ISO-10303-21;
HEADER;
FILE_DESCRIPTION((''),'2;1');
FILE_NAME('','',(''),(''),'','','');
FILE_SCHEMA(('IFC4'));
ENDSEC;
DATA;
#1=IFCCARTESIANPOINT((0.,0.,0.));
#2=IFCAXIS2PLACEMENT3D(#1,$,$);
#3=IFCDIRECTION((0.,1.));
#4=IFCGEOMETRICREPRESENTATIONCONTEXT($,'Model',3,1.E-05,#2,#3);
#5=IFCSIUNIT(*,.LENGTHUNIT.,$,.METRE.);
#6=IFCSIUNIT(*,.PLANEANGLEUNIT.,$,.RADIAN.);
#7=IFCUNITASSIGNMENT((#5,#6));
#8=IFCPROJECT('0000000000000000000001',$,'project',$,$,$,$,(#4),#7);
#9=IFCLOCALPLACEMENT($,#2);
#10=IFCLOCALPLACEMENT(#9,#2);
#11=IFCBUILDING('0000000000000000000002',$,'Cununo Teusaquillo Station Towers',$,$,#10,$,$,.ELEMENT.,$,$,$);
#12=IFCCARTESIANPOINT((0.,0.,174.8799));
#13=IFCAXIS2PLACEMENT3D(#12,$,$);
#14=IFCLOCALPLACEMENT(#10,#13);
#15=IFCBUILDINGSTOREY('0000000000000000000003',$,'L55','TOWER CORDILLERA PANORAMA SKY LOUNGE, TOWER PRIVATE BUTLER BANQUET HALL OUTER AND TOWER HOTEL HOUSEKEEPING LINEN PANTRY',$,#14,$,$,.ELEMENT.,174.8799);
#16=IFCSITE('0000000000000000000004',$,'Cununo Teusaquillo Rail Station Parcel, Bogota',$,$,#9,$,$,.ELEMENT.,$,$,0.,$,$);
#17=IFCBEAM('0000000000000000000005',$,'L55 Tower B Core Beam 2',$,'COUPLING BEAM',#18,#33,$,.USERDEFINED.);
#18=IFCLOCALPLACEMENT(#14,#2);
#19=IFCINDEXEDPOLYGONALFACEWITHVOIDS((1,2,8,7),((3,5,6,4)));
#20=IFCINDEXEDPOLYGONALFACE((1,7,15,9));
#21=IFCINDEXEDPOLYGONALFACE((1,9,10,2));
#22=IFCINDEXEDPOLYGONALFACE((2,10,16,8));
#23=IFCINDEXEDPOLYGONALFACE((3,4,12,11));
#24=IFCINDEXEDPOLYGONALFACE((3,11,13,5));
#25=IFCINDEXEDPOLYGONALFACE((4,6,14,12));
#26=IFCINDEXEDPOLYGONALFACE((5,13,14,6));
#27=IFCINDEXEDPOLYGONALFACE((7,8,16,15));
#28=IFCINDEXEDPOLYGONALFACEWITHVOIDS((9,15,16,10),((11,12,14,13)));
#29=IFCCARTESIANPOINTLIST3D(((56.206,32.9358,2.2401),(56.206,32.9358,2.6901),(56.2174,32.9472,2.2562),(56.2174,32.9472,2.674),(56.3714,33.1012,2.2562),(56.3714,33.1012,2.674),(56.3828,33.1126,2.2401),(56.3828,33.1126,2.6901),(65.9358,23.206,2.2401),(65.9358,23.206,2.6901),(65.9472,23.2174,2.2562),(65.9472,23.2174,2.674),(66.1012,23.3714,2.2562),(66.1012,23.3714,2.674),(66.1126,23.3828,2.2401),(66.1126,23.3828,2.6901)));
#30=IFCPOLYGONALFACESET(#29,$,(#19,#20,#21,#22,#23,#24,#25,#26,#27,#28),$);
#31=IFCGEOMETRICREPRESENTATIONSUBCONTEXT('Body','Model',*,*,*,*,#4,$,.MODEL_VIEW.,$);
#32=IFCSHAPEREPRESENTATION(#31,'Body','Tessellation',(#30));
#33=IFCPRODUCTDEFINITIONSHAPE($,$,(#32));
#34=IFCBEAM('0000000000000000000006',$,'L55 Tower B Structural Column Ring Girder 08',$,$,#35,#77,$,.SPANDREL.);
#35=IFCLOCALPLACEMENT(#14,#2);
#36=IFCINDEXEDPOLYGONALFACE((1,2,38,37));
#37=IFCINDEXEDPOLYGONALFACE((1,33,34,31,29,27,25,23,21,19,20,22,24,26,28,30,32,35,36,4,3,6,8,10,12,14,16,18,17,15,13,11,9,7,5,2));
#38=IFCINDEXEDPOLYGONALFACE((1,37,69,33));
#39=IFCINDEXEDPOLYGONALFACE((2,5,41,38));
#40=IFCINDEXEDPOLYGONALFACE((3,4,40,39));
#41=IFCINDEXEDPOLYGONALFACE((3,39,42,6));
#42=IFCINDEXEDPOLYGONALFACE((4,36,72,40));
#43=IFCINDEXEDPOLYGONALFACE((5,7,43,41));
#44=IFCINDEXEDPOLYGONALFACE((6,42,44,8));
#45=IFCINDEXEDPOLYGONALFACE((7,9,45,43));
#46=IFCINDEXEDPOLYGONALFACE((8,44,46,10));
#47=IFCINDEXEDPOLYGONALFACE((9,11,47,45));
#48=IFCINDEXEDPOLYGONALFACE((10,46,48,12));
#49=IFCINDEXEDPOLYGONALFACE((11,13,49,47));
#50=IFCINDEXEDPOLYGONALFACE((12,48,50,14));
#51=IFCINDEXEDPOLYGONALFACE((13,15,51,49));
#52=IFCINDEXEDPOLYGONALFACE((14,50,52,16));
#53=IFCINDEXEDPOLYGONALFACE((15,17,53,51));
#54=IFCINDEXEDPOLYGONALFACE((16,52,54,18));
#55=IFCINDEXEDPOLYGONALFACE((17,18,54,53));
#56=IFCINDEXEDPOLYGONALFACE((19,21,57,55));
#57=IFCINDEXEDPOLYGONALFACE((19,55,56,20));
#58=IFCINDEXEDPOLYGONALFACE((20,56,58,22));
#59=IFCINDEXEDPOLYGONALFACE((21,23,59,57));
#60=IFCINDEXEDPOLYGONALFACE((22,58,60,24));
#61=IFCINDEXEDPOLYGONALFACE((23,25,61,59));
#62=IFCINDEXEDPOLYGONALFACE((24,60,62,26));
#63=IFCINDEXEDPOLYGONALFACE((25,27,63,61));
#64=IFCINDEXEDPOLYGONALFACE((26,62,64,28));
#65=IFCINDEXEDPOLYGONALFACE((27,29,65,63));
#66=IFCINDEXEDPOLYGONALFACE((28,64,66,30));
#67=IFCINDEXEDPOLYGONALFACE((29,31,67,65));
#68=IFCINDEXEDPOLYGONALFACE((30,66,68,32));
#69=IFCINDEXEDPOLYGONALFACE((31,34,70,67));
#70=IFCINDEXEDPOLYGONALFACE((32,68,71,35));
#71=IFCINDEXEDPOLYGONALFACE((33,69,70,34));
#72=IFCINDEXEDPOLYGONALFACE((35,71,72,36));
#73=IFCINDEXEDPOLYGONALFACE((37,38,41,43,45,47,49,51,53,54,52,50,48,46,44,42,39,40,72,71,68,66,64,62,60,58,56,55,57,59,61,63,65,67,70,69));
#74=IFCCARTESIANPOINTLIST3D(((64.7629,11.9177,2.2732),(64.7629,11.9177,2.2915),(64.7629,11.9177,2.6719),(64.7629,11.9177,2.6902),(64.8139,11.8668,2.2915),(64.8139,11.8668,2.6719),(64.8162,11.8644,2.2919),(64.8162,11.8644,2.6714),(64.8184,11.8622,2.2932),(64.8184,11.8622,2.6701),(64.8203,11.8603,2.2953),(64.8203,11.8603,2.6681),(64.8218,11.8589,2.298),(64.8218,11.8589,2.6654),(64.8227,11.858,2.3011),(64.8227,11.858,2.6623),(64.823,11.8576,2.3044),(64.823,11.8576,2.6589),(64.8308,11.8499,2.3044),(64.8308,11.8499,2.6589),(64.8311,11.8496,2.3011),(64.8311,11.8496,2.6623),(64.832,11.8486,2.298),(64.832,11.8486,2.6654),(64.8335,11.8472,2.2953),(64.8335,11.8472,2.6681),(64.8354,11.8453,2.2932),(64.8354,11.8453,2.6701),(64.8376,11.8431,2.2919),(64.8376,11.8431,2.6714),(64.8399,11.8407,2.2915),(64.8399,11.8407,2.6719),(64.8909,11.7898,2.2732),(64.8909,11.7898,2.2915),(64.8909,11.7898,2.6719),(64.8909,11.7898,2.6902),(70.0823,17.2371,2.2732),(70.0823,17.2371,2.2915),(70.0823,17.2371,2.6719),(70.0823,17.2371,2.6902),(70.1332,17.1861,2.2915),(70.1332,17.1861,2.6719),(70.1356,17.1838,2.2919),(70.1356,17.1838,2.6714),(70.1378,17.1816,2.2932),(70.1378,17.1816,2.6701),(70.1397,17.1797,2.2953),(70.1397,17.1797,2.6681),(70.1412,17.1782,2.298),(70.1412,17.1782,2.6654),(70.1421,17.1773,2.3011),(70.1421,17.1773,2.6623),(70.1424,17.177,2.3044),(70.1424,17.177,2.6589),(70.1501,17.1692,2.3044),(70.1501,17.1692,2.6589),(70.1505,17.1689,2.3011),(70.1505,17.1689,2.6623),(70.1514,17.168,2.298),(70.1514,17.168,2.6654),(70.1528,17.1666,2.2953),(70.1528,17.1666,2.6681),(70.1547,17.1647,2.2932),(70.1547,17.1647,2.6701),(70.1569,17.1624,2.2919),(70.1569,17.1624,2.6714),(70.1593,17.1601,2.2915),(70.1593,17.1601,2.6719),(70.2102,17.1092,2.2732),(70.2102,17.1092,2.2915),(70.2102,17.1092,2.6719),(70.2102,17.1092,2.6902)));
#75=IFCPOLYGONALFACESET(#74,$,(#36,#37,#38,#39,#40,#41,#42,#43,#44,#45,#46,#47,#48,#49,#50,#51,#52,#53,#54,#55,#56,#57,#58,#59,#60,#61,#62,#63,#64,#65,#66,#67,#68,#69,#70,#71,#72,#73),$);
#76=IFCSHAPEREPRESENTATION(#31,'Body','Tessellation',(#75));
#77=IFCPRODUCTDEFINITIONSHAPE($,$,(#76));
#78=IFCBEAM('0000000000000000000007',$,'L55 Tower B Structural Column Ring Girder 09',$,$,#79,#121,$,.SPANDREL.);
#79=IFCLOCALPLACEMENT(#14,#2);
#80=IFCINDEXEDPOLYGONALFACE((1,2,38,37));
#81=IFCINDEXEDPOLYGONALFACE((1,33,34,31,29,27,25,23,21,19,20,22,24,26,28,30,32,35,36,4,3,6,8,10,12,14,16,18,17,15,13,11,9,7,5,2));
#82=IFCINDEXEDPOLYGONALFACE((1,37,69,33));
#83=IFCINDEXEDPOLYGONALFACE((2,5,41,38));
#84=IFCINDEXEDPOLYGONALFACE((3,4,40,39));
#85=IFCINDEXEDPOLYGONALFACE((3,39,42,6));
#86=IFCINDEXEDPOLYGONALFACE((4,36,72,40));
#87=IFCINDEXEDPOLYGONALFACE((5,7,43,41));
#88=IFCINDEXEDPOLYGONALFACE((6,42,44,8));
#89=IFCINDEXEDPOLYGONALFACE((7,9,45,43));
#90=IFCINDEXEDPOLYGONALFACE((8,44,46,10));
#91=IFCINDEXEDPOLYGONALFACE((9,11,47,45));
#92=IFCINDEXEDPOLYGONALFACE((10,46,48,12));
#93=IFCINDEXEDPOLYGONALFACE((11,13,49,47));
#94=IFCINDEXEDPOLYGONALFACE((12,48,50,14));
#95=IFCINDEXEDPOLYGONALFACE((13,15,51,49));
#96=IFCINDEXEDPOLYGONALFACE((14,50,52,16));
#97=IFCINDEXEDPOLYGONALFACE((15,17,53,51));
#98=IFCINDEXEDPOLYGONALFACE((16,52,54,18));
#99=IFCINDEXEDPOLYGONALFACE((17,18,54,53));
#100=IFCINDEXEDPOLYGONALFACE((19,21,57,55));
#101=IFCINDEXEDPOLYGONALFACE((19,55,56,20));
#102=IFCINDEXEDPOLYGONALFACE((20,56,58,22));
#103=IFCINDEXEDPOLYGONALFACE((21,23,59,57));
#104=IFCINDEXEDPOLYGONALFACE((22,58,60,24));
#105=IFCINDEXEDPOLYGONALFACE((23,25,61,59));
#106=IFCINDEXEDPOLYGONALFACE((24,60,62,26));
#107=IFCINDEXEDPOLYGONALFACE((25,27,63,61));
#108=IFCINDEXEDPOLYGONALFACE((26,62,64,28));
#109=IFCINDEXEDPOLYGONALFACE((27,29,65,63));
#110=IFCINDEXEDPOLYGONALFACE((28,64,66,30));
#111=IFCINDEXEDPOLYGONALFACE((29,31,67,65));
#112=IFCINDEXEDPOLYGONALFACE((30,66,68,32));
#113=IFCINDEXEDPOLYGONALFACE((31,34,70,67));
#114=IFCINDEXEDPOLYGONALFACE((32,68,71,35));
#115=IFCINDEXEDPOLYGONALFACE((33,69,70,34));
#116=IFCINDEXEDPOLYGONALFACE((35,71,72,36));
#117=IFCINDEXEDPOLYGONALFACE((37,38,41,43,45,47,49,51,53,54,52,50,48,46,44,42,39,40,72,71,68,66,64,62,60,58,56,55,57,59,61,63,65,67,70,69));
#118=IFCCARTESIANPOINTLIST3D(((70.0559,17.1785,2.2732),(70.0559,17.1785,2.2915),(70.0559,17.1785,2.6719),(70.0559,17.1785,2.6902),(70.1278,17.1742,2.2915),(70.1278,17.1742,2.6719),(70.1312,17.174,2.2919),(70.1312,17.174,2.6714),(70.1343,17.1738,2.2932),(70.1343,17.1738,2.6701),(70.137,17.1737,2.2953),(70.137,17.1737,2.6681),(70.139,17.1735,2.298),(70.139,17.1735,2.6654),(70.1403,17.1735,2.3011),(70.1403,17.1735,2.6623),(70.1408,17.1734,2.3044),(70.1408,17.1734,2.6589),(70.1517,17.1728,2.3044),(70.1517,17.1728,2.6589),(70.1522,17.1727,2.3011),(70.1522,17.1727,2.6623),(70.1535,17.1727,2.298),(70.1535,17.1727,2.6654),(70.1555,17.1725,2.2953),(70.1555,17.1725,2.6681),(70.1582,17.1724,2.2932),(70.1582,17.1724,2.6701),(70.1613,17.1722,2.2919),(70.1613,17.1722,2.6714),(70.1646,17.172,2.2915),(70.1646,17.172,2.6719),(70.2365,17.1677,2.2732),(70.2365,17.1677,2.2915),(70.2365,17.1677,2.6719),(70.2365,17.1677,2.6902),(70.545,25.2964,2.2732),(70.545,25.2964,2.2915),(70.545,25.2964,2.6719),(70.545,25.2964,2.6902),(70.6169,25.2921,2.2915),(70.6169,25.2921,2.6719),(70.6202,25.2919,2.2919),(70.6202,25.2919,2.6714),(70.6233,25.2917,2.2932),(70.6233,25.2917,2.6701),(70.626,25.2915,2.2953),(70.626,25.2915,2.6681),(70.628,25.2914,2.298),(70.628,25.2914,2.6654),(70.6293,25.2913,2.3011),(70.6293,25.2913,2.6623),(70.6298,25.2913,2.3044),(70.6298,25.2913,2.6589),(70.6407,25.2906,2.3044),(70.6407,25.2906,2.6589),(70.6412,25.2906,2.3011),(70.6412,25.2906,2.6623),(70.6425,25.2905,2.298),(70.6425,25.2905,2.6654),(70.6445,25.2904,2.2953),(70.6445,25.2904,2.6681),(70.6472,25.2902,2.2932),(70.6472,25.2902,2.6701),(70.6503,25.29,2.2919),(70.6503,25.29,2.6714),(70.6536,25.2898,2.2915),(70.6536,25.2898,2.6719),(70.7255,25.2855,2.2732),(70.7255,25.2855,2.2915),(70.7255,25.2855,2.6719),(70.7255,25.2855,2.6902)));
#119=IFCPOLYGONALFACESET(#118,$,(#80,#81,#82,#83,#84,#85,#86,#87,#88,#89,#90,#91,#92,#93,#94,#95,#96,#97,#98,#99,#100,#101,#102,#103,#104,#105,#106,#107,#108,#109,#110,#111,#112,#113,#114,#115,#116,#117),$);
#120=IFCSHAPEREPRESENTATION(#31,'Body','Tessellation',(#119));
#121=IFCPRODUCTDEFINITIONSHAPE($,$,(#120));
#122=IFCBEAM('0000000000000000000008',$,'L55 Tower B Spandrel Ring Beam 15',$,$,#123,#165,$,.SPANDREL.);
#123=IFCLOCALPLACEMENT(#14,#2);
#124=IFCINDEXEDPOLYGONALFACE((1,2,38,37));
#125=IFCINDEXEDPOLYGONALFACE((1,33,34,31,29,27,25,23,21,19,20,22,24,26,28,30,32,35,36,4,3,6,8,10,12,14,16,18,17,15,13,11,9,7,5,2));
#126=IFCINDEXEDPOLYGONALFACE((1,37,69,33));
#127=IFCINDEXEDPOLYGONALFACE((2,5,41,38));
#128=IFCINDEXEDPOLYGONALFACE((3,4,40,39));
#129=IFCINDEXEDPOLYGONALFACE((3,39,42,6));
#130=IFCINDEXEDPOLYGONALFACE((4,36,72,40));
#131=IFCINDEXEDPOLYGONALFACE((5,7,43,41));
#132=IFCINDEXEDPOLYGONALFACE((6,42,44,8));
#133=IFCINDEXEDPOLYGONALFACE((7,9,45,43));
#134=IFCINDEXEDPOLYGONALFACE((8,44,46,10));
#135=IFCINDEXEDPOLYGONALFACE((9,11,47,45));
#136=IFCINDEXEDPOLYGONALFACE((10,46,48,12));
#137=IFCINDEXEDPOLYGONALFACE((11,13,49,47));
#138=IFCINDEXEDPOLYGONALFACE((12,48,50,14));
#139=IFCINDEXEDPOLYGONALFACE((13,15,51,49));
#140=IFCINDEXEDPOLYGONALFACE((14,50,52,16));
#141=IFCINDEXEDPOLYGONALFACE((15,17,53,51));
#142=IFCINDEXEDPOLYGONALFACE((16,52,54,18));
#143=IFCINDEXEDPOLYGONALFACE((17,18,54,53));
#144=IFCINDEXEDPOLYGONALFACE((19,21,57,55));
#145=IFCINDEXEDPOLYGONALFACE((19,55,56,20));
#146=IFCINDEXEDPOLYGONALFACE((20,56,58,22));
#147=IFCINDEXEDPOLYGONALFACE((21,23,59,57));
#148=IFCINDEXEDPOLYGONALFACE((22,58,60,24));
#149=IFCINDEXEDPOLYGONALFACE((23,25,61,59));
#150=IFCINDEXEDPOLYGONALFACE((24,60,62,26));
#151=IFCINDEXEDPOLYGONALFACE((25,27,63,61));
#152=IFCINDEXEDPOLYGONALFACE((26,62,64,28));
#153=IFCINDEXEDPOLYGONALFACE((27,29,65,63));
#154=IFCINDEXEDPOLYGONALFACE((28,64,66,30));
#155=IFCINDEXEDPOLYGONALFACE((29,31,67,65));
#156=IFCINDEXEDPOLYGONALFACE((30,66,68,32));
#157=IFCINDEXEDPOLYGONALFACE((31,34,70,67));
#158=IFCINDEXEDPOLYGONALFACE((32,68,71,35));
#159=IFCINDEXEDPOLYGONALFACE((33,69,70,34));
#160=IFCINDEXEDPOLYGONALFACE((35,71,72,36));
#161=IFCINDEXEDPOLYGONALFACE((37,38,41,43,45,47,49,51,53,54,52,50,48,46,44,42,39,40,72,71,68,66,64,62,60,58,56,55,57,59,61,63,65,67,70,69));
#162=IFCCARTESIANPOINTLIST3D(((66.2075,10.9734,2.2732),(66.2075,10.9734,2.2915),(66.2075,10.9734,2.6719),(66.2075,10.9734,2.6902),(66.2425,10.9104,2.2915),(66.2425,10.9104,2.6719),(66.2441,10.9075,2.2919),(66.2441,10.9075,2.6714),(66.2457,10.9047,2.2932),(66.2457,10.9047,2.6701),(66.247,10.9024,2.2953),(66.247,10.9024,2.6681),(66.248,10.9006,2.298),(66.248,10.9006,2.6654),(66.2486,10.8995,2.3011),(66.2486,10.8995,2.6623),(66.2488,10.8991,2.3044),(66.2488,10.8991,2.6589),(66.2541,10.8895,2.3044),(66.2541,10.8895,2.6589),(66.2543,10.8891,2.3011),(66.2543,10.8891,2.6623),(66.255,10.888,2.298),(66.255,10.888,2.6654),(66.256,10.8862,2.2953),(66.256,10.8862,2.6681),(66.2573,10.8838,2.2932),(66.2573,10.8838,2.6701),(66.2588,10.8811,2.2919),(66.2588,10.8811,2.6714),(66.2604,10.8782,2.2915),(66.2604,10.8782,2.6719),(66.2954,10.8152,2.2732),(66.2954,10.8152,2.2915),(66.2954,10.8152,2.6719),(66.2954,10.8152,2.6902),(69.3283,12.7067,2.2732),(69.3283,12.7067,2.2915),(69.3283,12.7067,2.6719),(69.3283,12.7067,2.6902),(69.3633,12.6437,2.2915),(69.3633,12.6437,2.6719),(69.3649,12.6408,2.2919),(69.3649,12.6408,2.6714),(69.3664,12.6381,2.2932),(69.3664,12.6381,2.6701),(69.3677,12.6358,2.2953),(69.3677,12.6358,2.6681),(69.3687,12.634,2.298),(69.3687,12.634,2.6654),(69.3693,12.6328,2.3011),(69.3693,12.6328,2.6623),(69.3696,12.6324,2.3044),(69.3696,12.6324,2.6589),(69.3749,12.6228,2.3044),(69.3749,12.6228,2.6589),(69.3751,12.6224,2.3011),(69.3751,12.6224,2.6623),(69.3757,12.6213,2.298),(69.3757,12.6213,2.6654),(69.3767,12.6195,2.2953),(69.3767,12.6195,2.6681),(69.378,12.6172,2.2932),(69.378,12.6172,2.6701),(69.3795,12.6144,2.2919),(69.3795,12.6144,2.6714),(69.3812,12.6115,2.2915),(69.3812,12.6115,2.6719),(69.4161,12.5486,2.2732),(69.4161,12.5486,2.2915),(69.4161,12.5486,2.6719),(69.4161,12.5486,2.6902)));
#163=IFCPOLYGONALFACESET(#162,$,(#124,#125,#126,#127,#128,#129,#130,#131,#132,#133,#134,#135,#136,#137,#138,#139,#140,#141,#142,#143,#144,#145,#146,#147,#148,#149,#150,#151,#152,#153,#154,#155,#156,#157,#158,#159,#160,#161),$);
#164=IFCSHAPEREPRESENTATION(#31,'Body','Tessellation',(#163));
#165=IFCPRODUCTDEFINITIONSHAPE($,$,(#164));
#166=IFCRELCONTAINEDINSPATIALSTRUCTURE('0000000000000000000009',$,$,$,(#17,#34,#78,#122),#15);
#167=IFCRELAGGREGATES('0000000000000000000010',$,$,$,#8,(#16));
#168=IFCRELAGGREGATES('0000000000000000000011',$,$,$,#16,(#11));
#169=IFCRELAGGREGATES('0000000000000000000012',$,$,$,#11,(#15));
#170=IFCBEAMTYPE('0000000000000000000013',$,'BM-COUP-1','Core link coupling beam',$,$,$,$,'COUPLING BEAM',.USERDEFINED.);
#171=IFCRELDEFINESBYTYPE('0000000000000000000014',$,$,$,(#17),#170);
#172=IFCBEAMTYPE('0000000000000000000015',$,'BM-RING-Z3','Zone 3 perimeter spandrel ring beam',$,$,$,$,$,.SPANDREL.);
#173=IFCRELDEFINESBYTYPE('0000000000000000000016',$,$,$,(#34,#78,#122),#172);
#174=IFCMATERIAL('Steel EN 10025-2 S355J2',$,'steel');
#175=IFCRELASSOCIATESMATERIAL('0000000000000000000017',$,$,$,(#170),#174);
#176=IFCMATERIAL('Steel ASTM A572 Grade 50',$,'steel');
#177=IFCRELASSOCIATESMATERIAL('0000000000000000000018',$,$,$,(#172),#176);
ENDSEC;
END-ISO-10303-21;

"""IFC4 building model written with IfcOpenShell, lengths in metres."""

from ifc_helpers import new_model, si_unit, direction, frame, origin, origin_2d, place, context, subcontext, project, spatial, hollow_rectangle, i_section, extrude, material, material_profile, profile_set, type_object, element, save


model = new_model("IFC4")

# Units and contexts
model_context = context("Model", 3, precision=1e-05, world=origin(), true_north=direction((0.0, 1.0)))
body_context = subcontext(model_context, "Body", "Model", "MODEL_VIEW")
ifc_project = project(units=[si_unit("LENGTHUNIT", "METRE"), si_unit("PLANEANGLEUNIT", "RADIAN")], contexts=[model_context])

# Site, building, storey
site_placement = place(None, origin())
site = spatial("IfcSite", under=ifc_project, at=site_placement, Name="Cununo Teusaquillo Rail Station Parcel, Bogota", CompositionType="ELEMENT", RefElevation=0.0)
building_placement = place(site_placement, origin())
building = spatial("IfcBuilding", under=site, at=building_placement, Name="Cununo Teusaquillo Station Towers", CompositionType="ELEMENT")
storey_placement = place(building_placement, frame((0.0, 0.0, 174.8799)))
storey = spatial("IfcBuildingStorey", under=building, at=storey_placement, Name="L55", Description="TOWER CORDILLERA PANORAMA SKY LOUNGE, TOWER PRIVATE BUTLER BANQUET HALL OUTER AND TOWER HOTEL HOUSEKEEPING LINEN PANTRY", CompositionType="ELEMENT", Elevation=174.8799)

# Beams
ifc_material_1 = material(Name="Steel EN 10025-2 S355J2", Category="steel")
ifc_material_profile_1 = material_profile(ifc_material_1, hollow_rectangle(XDim=0.25, YDim=0.45, WallThickness=0.0161, at=origin_2d()), Name="RHS 450x250x16")
ifc_profile_set_1 = profile_set([ifc_material_profile_1], Name="Steel EN 10025-2 S355J2")
beam_type_1 = type_object("IfcBeamType", Name="BM-COUP-1", Description="Core link coupling beam", ElementType="COUPLING BEAM", PredefinedType="USERDEFINED", material=ifc_profile_set_1)
beam_1_placement = place(storey_placement, frame((66.0242, 23.2944, 2.4651), z_axis=(-0.707107, 0.707107, 0.0), x_axis=(-0.707107, -0.707107, 0.0)))
element("IfcBeam", 1, at=beam_1_placement, inside=storey, type_object=beam_type_1, Name="L55 Tower B Core Beam 2", ObjectType="COUPLING BEAM", PredefinedType="USERDEFINED", context=body_context, shape_type="SweptSolid", body=[
    extrude(hollow_rectangle(XDim=0.25, YDim=0.45, WallThickness=0.0161, at=origin_2d()), origin(), (0.0, 0.0, 1.0), 13.76),
])
ifc_material_2 = material(Name="Steel ASTM A572 Grade 50", Category="steel")
ifc_material_profile_2 = material_profile(ifc_material_2, i_section(OverallWidth=0.1809, OverallDepth=0.417, WebThickness=0.011, FlangeThickness=0.0183, FilletRadius=0.0129, at=origin_2d()), Name="W16X57")
ifc_profile_set_2 = profile_set([ifc_material_profile_2], Name="Steel ASTM A572 Grade 50")
beam_type_2 = type_object("IfcBeamType", Name="BM-RING-Z3", Description="Zone 3 perimeter spandrel ring beam", PredefinedType="SPANDREL", material=ifc_profile_set_2)
beam_2_placement = place(storey_placement, frame((64.8269, 11.8538, 2.4817), z_axis=(0.707107, 0.707107, 0.0), x_axis=(-0.707107, 0.707107, 0.0)))
element("IfcBeam", 2, at=beam_2_placement, inside=storey, type_object=beam_type_2, Name="L55 Tower B Structural Column Ring Girder 08", PredefinedType="SPANDREL", context=body_context, shape_type="SweptSolid", body=[
    extrude(i_section(OverallWidth=0.1809, OverallDepth=0.417, WebThickness=0.011, FlangeThickness=0.0183, FilletRadius=0.0129, at=origin_2d()), origin(), (0.0, 0.0, 1.0), 7.5227),
])
beam_3_placement = place(storey_placement, frame((70.1462, 17.1731, 2.4817), z_axis=(0.06013, 0.998191, 0.0), x_axis=(-0.998191, 0.06013, 0.0)))
element("IfcBeam", 3, at=beam_3_placement, inside=storey, type_object=beam_type_2, Name="L55 Tower B Structural Column Ring Girder 09", PredefinedType="SPANDREL", context=body_context, shape_type="SweptSolid", body=[
    extrude(i_section(OverallWidth=0.1809, OverallDepth=0.417, WebThickness=0.011, FlangeThickness=0.0183, FilletRadius=0.0129, at=origin_2d()), origin(), (0.0, 0.0, 1.0), 8.1326),
])
for number, where, z_axis, x_axis, name in (
    (4, (66.2515, 10.8943, 2.4817), (0.874206, 0.485556, 0.0), (-0.485556, 0.874206, 0.0), "L55 Tower B Spandrel Ring Beam 15"),
):
    element("IfcBeam", number, at=place(storey_placement, frame(where, z_axis=z_axis, x_axis=x_axis)), inside=storey, type_object=beam_type_2, Name=name, PredefinedType="SPANDREL", context=body_context, shape_type="SweptSolid", body=[
        extrude(i_section(OverallWidth=0.1809, OverallDepth=0.417, WebThickness=0.011, FlangeThickness=0.0183, FilletRadius=0.0129, at=origin_2d()), origin(), (0.0, 0.0, 1.0), 3.5698),
    ])

save(model, "model.ifc")
